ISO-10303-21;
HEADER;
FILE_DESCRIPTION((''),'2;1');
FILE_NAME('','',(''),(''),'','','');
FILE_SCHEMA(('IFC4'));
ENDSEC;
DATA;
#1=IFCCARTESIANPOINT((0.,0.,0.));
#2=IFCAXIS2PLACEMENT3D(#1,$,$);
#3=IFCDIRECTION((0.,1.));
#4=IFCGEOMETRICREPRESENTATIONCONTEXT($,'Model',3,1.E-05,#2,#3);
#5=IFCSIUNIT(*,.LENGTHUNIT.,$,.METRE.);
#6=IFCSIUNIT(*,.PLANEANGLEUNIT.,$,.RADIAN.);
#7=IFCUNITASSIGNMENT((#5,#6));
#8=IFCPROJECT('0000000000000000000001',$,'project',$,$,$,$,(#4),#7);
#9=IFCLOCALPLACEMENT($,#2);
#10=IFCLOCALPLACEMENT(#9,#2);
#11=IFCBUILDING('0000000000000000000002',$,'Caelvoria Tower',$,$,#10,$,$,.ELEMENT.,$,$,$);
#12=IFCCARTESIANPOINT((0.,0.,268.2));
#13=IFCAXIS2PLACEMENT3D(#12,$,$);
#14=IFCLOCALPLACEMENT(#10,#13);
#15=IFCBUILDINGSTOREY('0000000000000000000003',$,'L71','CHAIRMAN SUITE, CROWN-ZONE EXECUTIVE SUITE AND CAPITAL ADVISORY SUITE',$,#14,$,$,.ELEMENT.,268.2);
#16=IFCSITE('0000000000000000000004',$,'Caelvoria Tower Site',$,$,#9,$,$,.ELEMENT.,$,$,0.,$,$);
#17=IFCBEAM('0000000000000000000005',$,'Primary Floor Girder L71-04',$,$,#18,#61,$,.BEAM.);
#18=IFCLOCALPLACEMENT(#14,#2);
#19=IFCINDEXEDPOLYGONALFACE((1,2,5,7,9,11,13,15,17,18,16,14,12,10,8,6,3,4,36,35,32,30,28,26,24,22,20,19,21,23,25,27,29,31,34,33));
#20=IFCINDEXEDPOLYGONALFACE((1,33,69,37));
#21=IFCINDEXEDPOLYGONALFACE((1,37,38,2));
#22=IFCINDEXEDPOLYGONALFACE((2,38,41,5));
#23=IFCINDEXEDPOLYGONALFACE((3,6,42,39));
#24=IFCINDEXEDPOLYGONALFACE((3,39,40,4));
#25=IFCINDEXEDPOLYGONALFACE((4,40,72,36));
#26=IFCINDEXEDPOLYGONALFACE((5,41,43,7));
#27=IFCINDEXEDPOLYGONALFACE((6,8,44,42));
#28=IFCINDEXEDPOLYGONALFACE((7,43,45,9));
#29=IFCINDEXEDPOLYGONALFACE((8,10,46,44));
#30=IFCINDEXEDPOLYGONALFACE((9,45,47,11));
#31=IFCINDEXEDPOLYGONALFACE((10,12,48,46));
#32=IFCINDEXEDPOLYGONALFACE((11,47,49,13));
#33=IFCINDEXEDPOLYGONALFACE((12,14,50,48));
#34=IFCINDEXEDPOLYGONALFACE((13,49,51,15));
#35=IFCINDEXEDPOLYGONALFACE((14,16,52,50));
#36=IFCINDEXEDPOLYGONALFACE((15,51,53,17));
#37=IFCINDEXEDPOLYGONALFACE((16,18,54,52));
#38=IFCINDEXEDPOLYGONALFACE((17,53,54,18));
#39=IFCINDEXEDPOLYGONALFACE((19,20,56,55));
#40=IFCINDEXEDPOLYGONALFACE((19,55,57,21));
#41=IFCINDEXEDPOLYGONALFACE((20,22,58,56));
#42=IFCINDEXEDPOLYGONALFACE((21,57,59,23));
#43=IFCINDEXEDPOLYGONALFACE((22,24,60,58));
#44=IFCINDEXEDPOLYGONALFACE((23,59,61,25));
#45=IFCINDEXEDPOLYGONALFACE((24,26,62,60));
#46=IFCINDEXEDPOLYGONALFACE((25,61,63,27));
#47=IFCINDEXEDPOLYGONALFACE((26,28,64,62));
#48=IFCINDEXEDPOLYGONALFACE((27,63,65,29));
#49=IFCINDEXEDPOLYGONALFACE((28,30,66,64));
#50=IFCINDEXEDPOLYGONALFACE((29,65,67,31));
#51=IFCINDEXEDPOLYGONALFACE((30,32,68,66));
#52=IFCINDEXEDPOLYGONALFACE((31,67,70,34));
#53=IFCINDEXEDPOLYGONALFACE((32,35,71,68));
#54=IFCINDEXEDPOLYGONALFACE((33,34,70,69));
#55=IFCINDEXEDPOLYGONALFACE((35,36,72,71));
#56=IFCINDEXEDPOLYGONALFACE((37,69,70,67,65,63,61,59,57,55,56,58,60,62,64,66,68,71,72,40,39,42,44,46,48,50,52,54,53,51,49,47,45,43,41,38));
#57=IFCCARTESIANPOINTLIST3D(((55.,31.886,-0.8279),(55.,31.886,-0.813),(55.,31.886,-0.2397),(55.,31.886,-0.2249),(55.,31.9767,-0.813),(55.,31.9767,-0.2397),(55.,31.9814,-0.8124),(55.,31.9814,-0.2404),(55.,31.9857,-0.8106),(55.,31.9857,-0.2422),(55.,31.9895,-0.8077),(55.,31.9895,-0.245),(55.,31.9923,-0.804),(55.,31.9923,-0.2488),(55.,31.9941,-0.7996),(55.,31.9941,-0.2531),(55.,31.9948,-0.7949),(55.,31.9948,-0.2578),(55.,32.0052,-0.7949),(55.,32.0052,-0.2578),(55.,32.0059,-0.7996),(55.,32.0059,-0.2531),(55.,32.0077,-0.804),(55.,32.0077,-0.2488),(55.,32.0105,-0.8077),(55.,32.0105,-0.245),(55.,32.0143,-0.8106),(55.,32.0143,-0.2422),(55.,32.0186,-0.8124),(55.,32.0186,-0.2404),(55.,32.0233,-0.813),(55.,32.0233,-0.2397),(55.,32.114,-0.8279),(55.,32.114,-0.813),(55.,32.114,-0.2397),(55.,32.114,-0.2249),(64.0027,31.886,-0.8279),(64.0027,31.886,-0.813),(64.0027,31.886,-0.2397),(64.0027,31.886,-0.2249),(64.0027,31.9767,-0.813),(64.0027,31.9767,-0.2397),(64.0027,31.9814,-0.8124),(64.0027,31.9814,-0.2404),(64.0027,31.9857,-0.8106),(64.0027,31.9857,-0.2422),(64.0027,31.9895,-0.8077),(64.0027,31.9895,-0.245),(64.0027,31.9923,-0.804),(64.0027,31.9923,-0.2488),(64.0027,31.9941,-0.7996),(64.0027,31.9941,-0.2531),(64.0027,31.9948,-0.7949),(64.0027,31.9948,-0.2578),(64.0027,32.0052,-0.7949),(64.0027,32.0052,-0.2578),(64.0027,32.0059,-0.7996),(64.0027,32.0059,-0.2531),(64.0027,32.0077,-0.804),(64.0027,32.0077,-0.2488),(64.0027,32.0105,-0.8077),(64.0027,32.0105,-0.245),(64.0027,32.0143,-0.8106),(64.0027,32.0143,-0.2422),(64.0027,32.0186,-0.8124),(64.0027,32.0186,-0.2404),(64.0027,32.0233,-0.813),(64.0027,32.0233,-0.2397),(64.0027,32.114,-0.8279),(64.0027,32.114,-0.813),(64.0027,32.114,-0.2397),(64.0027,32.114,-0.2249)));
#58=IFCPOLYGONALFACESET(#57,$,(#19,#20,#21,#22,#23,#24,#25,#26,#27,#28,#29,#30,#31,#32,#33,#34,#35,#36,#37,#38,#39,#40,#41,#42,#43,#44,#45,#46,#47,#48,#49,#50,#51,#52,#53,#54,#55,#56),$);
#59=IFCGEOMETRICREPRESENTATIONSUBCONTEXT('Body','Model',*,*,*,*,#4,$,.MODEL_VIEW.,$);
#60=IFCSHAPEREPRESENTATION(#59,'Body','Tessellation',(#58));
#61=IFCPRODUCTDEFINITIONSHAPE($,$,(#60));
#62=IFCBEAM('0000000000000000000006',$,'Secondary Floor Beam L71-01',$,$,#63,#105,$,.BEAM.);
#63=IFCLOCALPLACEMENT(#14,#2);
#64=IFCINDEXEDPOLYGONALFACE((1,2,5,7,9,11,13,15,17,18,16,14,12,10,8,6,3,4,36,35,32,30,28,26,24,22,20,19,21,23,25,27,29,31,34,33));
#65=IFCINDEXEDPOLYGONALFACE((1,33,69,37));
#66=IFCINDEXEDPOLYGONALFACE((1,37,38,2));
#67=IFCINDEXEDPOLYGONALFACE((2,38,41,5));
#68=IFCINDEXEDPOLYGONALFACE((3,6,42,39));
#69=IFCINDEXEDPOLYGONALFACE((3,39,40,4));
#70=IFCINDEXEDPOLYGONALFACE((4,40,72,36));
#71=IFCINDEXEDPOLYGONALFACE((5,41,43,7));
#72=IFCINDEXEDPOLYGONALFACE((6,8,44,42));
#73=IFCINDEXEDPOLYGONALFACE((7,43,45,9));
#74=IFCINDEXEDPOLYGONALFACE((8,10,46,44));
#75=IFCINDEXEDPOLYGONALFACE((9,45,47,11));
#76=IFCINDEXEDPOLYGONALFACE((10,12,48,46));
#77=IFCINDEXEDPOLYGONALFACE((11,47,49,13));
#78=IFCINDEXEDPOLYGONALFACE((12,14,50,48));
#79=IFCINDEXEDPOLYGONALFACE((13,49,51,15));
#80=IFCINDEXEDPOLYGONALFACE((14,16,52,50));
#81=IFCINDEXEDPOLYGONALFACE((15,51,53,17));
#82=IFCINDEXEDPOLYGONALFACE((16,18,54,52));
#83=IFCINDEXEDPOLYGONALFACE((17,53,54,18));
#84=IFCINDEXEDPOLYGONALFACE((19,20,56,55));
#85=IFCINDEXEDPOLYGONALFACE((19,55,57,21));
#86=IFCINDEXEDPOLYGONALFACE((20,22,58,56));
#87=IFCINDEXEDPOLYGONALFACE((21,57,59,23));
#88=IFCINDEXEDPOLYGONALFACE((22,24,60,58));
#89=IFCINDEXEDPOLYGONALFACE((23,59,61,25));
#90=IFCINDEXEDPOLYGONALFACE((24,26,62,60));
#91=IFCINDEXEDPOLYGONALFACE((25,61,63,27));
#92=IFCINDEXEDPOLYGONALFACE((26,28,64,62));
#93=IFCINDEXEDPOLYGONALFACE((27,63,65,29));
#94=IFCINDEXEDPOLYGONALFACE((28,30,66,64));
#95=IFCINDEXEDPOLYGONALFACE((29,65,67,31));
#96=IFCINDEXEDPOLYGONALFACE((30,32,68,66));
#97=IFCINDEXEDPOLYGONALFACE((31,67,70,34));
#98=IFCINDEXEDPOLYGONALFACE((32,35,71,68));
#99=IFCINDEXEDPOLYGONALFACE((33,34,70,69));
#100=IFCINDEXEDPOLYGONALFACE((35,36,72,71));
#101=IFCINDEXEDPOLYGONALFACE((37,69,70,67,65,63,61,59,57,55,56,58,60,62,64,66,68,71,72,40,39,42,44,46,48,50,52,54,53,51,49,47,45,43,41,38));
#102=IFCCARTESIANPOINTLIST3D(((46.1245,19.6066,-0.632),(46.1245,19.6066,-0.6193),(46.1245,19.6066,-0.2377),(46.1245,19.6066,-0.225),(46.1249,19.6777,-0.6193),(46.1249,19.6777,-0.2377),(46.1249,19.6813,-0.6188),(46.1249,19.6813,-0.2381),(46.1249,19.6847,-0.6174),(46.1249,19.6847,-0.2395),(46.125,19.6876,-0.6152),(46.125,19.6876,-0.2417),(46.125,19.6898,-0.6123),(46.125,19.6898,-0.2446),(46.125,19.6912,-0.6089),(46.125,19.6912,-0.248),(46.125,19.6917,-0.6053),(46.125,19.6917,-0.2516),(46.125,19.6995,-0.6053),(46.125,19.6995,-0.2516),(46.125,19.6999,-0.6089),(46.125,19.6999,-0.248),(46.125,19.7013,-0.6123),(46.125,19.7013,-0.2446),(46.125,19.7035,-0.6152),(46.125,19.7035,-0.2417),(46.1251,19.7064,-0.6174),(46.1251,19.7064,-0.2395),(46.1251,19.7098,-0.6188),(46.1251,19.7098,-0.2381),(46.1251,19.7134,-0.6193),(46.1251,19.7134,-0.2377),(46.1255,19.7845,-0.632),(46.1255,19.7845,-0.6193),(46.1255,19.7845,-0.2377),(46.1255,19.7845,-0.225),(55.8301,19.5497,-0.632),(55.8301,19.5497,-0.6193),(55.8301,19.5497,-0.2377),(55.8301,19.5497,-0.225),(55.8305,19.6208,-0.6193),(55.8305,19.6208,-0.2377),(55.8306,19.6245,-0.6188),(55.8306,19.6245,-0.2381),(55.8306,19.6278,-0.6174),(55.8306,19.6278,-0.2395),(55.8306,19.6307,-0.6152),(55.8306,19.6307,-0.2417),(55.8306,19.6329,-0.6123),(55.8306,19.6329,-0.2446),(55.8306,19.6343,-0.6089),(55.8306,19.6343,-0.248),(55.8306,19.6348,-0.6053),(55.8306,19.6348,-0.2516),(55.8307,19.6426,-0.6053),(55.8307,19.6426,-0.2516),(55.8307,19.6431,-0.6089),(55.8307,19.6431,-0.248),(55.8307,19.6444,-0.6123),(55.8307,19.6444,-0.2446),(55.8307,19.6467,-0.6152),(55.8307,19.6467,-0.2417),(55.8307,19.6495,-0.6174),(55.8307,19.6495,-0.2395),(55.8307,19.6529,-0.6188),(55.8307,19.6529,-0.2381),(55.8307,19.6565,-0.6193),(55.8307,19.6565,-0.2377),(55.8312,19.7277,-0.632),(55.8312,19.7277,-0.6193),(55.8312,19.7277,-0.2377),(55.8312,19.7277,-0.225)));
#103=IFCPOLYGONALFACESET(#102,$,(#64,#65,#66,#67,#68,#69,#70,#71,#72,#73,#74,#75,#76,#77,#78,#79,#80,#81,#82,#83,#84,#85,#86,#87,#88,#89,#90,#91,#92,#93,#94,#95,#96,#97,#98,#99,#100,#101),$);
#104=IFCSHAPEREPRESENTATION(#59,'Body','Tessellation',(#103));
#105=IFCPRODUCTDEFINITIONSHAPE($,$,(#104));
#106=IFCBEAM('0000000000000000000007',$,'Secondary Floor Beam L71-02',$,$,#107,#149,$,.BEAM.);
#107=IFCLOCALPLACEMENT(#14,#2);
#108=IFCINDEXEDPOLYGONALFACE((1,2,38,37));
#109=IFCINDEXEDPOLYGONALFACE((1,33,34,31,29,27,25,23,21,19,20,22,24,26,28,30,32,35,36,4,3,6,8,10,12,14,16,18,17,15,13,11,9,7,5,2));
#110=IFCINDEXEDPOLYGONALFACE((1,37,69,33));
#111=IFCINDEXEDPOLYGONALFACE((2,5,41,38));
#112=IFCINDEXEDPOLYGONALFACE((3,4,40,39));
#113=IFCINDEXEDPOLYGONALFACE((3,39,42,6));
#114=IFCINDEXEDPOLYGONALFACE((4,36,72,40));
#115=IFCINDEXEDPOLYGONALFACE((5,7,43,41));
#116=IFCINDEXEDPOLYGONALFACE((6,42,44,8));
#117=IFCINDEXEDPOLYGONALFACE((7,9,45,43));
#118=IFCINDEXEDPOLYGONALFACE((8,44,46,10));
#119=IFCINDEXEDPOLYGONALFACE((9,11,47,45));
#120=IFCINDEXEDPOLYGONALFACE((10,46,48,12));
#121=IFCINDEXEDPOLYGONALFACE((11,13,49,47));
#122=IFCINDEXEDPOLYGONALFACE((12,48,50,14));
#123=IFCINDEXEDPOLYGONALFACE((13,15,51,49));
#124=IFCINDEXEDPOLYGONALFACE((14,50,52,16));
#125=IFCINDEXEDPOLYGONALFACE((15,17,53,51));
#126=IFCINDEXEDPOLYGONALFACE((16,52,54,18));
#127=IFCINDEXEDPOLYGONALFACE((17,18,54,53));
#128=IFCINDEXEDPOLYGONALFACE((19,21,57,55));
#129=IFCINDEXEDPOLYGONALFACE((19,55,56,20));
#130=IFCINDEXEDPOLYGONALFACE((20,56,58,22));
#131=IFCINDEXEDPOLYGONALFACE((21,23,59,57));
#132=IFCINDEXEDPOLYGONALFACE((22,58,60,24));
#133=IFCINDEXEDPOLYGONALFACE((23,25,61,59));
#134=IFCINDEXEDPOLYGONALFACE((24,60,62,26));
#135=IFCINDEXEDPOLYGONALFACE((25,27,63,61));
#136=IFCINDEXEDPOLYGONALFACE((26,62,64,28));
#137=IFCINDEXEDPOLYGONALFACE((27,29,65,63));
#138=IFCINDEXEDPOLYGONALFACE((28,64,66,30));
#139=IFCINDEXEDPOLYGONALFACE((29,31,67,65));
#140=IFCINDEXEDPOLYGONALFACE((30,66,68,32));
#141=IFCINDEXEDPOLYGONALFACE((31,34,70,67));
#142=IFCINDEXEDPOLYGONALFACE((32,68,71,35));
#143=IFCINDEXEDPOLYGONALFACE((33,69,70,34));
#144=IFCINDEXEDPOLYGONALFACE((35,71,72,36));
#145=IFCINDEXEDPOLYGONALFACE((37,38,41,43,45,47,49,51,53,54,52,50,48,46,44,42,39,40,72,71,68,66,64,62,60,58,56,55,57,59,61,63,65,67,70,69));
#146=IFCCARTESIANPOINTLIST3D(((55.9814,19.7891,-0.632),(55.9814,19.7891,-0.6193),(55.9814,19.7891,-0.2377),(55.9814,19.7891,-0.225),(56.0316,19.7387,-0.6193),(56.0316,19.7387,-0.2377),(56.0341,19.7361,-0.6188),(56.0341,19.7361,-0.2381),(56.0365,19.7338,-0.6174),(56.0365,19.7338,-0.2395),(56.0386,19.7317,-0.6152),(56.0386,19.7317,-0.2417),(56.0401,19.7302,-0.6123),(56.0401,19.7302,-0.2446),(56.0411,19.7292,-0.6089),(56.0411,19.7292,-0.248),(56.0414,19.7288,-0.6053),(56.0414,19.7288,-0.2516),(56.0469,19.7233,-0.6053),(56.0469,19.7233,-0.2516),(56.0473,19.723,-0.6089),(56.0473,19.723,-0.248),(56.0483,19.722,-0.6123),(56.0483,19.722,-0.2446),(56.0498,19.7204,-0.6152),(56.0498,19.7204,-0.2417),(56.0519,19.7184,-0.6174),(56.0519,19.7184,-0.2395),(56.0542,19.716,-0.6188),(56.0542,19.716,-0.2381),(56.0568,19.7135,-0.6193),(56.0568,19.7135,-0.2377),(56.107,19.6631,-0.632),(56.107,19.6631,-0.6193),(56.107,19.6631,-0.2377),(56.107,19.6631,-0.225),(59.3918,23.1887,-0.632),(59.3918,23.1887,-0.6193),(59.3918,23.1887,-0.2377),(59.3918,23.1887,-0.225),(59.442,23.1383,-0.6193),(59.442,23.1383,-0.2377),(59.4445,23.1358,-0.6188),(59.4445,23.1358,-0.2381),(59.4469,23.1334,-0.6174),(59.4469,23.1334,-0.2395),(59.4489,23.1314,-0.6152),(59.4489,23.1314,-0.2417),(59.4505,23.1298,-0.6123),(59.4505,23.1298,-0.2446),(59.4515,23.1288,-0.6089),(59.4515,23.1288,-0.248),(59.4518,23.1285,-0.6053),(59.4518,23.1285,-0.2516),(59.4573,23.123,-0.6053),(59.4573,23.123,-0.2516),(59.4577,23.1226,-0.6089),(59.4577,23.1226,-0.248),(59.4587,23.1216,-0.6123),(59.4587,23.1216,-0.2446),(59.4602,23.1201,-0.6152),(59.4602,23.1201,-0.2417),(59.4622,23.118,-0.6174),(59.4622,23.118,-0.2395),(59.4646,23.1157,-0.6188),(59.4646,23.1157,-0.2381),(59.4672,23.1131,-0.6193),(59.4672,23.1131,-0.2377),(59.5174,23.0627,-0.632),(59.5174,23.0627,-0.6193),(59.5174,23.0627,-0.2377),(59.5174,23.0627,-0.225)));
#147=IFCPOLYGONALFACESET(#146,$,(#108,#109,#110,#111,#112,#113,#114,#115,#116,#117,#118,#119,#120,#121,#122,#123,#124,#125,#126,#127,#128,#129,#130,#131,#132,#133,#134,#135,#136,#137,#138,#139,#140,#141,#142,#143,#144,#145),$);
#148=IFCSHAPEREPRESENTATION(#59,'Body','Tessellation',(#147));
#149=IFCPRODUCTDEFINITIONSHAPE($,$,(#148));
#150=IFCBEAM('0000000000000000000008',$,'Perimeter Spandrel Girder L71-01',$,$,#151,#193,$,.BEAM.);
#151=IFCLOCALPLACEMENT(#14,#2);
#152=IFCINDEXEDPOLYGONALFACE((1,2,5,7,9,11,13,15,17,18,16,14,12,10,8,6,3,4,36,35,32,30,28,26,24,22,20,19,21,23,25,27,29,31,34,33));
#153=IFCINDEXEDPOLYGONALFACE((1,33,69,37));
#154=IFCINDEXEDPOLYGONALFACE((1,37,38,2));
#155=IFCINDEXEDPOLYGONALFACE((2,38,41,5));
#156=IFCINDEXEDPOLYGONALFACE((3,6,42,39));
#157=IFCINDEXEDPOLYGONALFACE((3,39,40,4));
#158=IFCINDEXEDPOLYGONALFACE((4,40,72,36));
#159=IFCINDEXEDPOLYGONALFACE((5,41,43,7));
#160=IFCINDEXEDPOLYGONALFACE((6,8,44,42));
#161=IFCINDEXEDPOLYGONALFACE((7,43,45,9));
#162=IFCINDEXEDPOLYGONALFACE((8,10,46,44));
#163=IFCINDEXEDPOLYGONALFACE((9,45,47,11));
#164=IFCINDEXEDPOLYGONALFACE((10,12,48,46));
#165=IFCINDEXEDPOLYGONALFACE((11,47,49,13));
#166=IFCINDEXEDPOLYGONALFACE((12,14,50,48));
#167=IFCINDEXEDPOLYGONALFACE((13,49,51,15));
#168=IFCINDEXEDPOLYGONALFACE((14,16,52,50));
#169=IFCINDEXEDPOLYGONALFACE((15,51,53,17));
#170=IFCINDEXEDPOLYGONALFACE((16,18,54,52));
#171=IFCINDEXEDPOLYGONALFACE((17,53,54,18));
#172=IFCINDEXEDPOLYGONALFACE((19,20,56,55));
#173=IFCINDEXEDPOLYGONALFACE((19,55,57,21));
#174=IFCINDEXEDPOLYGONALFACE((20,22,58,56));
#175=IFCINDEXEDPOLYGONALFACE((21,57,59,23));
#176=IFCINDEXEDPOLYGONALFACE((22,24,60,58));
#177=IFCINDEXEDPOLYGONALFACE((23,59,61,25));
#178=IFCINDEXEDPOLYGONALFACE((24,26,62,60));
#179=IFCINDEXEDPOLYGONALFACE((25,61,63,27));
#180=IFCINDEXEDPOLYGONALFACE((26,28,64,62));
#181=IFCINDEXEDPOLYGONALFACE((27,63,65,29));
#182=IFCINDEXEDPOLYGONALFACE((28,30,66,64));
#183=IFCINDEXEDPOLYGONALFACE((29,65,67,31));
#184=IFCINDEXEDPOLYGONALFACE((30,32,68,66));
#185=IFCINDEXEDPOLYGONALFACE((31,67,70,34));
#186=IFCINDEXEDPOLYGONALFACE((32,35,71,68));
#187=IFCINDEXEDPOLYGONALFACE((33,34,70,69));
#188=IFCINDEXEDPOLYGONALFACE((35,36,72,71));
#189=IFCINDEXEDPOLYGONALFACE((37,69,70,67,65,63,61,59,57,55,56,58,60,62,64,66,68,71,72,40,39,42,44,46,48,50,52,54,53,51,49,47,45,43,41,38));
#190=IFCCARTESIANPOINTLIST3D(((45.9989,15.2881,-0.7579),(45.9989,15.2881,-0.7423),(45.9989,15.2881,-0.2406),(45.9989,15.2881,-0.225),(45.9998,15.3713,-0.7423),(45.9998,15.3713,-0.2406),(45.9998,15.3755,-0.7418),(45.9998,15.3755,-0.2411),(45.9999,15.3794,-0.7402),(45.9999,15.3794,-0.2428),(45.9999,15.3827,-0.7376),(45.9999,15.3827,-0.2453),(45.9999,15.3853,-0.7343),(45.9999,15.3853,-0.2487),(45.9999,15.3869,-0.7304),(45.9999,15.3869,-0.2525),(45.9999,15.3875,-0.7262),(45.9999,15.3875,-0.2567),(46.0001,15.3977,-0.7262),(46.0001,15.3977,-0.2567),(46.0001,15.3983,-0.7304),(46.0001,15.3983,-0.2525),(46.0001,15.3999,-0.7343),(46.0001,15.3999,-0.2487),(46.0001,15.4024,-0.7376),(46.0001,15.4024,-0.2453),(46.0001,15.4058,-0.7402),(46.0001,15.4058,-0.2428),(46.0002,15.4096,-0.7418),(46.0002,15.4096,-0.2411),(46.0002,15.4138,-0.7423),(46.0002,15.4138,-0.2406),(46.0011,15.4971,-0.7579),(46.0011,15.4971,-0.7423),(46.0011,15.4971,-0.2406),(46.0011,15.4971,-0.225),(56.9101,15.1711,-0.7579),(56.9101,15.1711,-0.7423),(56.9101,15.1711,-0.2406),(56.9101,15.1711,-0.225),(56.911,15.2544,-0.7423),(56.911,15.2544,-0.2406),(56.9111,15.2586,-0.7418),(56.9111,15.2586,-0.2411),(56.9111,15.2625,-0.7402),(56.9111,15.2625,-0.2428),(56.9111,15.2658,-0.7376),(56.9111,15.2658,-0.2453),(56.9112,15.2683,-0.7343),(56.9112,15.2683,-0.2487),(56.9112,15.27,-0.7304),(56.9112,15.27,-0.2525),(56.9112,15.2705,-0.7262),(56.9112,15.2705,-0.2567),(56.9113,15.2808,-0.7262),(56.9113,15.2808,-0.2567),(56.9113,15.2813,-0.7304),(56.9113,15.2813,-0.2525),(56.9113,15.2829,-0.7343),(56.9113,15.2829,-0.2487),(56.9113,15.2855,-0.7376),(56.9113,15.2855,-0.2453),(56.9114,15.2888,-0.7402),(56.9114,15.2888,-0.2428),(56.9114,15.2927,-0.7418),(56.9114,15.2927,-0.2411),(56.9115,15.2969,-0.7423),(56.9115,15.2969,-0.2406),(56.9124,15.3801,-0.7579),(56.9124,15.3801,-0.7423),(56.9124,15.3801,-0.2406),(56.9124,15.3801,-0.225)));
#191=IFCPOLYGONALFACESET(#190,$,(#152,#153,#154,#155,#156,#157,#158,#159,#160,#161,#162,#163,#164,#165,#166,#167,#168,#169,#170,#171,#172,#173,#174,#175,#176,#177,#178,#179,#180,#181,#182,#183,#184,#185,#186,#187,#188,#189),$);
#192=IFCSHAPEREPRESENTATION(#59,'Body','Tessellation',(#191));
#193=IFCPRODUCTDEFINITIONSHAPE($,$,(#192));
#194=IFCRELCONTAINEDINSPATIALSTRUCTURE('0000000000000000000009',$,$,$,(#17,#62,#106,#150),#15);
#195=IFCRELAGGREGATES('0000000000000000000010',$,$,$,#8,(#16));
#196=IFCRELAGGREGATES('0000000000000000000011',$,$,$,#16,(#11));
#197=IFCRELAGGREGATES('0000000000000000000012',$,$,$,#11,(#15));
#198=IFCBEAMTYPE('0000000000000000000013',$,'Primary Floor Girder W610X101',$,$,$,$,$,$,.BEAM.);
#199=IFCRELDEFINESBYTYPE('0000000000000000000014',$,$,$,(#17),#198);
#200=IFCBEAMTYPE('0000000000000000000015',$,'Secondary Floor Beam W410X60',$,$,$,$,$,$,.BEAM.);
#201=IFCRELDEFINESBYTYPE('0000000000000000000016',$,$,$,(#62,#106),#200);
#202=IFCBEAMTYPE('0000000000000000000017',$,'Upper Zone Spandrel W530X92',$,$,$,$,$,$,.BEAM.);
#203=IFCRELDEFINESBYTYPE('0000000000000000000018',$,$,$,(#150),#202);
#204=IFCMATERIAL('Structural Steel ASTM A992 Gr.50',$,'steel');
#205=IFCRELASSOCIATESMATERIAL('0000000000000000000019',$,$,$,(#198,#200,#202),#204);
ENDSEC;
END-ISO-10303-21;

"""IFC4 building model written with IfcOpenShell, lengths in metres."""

from ifc_helpers import new_model, si_unit, direction, frame, origin, origin_2d, place, context, subcontext, project, spatial, i_section, extrude, material, material_profile, profile_set, type_object, element, save


model = new_model("IFC4")

# Units and contexts
model_context = context("Model", 3, precision=1e-05, world=origin(), true_north=direction((0.0, 1.0)))
body_context = subcontext(model_context, "Body", "Model", "MODEL_VIEW")
ifc_project = project(units=[si_unit("LENGTHUNIT", "METRE"), si_unit("PLANEANGLEUNIT", "RADIAN")], contexts=[model_context])

# Site, building, storey
site_placement = place(None, origin())
site = spatial("IfcSite", under=ifc_project, at=site_placement, Name="Caelvoria Tower Site", CompositionType="ELEMENT", RefElevation=0.0)
building_placement = place(site_placement, origin())
building = spatial("IfcBuilding", under=site, at=building_placement, Name="Caelvoria Tower", CompositionType="ELEMENT")
storey_placement = place(building_placement, frame((0.0, 0.0, 268.2)))
storey = spatial("IfcBuildingStorey", under=building, at=storey_placement, Name="L71", Description="CHAIRMAN SUITE, CROWN-ZONE EXECUTIVE SUITE AND CAPITAL ADVISORY SUITE", CompositionType="ELEMENT", Elevation=268.2)

# Shared definitions
ifc_material_1 = material(Name="Structural Steel ASTM A992 Gr.50", Category="steel")

# Beams
ifc_material_profile_1 = material_profile(ifc_material_1, i_section(OverallWidth=0.228, OverallDepth=0.603, WebThickness=0.0105, FlangeThickness=0.0149, FilletRadius=0.0181, at=origin_2d()), Name="Structural Steel ASTM A992 Gr.50")
ifc_profile_set_1 = profile_set([ifc_material_profile_1], Name="W610X101 - Structural Steel ASTM A992 Gr.50")
beam_type_1 = type_object("IfcBeamType", Name="Primary Floor Girder W610X101", PredefinedType="BEAM", material=ifc_profile_set_1)
beam_1_placement = place(storey_placement, frame((55.0, 32.0, -0.5264), z_axis=(1.0, 0.0, 0.0), x_axis=(0.0, 1.0, 0.0)))
element("IfcBeam", 1, at=beam_1_placement, inside=storey, type_object=beam_type_1, Name="Primary Floor Girder L71-04", PredefinedType="BEAM", context=body_context, shape_type="SweptSolid", body=[
    extrude(i_section(OverallWidth=0.228, OverallDepth=0.603, WebThickness=0.0105, FlangeThickness=0.0149, FilletRadius=0.0181, at=origin_2d()), origin(), (0.0, 0.0, 1.0), 9.0027),
])
ifc_material_profile_2 = material_profile(ifc_material_1, i_section(OverallWidth=0.178, OverallDepth=0.407, WebThickness=0.0078, FlangeThickness=0.0127, FilletRadius=0.0139, at=origin_2d()), Name="Structural Steel ASTM A992 Gr.50")
ifc_profile_set_2 = profile_set([ifc_material_profile_2], Name="W410X60 - Structural Steel ASTM A992 Gr.50")
beam_type_2 = type_object("IfcBeamType", Name="Secondary Floor Beam W410X60", PredefinedType="BEAM", material=ifc_profile_set_2)
beam_2_placement = place(storey_placement, frame((46.125, 19.6956, -0.4285), z_axis=(0.999983, -0.005861, 0.0), x_axis=(0.005861, 0.999983, 0.0)))
element("IfcBeam", 2, at=beam_2_placement, inside=storey, type_object=beam_type_2, Name="Secondary Floor Beam L71-01", PredefinedType="BEAM", context=body_context, shape_type="SweptSolid", body=[
    extrude(i_section(OverallWidth=0.178, OverallDepth=0.407, WebThickness=0.0078, FlangeThickness=0.0127, FilletRadius=0.0139, at=origin_2d()), origin(), (0.0, 0.0, 1.0), 9.7058),
])
beam_3_placement = place(storey_placement, frame((56.0442, 19.7261, -0.4285), z_axis=(0.708221, 0.705991, 0.0), x_axis=(-0.705991, 0.708221, 0.0)))
element("IfcBeam", 3, at=beam_3_placement, inside=storey, type_object=beam_type_2, Name="Secondary Floor Beam L71-02", PredefinedType="BEAM", context=body_context, shape_type="SweptSolid", body=[
    extrude(i_section(OverallWidth=0.178, OverallDepth=0.407, WebThickness=0.0078, FlangeThickness=0.0127, FilletRadius=0.0139, at=origin_2d()), origin(), (0.0, 0.0, 1.0), 4.8154),
])
ifc_material_profile_3 = material_profile(ifc_material_1, i_section(OverallWidth=0.209, OverallDepth=0.533, WebThickness=0.0103, FlangeThickness=0.0156, FilletRadius=0.0161, at=origin_2d()), Name="Structural Steel ASTM A992 Gr.50")
ifc_profile_set_3 = profile_set([ifc_material_profile_3], Name="W530X92 - Structural Steel ASTM A992 Gr.50")
beam_type_3 = type_object("IfcBeamType", Name="Upper Zone Spandrel W530X92", PredefinedType="BEAM", material=ifc_profile_set_3)
beam_4_placement = place(storey_placement, frame((46.0, 15.3926, -0.4915), z_axis=(0.999943, -0.010717, 0.0), x_axis=(0.010717, 0.999943, 0.0)))
element("IfcBeam", 4, at=beam_4_placement, inside=storey, type_object=beam_type_3, Name="Perimeter Spandrel Girder L71-01", PredefinedType="BEAM", context=body_context, shape_type="SweptSolid", body=[
    extrude(i_section(OverallWidth=0.209, OverallDepth=0.533, WebThickness=0.0103, FlangeThickness=0.0156, FilletRadius=0.0161, at=origin_2d()), origin(), (0.0, 0.0, 1.0), 10.9119),
])

save(model, "model.ifc")
